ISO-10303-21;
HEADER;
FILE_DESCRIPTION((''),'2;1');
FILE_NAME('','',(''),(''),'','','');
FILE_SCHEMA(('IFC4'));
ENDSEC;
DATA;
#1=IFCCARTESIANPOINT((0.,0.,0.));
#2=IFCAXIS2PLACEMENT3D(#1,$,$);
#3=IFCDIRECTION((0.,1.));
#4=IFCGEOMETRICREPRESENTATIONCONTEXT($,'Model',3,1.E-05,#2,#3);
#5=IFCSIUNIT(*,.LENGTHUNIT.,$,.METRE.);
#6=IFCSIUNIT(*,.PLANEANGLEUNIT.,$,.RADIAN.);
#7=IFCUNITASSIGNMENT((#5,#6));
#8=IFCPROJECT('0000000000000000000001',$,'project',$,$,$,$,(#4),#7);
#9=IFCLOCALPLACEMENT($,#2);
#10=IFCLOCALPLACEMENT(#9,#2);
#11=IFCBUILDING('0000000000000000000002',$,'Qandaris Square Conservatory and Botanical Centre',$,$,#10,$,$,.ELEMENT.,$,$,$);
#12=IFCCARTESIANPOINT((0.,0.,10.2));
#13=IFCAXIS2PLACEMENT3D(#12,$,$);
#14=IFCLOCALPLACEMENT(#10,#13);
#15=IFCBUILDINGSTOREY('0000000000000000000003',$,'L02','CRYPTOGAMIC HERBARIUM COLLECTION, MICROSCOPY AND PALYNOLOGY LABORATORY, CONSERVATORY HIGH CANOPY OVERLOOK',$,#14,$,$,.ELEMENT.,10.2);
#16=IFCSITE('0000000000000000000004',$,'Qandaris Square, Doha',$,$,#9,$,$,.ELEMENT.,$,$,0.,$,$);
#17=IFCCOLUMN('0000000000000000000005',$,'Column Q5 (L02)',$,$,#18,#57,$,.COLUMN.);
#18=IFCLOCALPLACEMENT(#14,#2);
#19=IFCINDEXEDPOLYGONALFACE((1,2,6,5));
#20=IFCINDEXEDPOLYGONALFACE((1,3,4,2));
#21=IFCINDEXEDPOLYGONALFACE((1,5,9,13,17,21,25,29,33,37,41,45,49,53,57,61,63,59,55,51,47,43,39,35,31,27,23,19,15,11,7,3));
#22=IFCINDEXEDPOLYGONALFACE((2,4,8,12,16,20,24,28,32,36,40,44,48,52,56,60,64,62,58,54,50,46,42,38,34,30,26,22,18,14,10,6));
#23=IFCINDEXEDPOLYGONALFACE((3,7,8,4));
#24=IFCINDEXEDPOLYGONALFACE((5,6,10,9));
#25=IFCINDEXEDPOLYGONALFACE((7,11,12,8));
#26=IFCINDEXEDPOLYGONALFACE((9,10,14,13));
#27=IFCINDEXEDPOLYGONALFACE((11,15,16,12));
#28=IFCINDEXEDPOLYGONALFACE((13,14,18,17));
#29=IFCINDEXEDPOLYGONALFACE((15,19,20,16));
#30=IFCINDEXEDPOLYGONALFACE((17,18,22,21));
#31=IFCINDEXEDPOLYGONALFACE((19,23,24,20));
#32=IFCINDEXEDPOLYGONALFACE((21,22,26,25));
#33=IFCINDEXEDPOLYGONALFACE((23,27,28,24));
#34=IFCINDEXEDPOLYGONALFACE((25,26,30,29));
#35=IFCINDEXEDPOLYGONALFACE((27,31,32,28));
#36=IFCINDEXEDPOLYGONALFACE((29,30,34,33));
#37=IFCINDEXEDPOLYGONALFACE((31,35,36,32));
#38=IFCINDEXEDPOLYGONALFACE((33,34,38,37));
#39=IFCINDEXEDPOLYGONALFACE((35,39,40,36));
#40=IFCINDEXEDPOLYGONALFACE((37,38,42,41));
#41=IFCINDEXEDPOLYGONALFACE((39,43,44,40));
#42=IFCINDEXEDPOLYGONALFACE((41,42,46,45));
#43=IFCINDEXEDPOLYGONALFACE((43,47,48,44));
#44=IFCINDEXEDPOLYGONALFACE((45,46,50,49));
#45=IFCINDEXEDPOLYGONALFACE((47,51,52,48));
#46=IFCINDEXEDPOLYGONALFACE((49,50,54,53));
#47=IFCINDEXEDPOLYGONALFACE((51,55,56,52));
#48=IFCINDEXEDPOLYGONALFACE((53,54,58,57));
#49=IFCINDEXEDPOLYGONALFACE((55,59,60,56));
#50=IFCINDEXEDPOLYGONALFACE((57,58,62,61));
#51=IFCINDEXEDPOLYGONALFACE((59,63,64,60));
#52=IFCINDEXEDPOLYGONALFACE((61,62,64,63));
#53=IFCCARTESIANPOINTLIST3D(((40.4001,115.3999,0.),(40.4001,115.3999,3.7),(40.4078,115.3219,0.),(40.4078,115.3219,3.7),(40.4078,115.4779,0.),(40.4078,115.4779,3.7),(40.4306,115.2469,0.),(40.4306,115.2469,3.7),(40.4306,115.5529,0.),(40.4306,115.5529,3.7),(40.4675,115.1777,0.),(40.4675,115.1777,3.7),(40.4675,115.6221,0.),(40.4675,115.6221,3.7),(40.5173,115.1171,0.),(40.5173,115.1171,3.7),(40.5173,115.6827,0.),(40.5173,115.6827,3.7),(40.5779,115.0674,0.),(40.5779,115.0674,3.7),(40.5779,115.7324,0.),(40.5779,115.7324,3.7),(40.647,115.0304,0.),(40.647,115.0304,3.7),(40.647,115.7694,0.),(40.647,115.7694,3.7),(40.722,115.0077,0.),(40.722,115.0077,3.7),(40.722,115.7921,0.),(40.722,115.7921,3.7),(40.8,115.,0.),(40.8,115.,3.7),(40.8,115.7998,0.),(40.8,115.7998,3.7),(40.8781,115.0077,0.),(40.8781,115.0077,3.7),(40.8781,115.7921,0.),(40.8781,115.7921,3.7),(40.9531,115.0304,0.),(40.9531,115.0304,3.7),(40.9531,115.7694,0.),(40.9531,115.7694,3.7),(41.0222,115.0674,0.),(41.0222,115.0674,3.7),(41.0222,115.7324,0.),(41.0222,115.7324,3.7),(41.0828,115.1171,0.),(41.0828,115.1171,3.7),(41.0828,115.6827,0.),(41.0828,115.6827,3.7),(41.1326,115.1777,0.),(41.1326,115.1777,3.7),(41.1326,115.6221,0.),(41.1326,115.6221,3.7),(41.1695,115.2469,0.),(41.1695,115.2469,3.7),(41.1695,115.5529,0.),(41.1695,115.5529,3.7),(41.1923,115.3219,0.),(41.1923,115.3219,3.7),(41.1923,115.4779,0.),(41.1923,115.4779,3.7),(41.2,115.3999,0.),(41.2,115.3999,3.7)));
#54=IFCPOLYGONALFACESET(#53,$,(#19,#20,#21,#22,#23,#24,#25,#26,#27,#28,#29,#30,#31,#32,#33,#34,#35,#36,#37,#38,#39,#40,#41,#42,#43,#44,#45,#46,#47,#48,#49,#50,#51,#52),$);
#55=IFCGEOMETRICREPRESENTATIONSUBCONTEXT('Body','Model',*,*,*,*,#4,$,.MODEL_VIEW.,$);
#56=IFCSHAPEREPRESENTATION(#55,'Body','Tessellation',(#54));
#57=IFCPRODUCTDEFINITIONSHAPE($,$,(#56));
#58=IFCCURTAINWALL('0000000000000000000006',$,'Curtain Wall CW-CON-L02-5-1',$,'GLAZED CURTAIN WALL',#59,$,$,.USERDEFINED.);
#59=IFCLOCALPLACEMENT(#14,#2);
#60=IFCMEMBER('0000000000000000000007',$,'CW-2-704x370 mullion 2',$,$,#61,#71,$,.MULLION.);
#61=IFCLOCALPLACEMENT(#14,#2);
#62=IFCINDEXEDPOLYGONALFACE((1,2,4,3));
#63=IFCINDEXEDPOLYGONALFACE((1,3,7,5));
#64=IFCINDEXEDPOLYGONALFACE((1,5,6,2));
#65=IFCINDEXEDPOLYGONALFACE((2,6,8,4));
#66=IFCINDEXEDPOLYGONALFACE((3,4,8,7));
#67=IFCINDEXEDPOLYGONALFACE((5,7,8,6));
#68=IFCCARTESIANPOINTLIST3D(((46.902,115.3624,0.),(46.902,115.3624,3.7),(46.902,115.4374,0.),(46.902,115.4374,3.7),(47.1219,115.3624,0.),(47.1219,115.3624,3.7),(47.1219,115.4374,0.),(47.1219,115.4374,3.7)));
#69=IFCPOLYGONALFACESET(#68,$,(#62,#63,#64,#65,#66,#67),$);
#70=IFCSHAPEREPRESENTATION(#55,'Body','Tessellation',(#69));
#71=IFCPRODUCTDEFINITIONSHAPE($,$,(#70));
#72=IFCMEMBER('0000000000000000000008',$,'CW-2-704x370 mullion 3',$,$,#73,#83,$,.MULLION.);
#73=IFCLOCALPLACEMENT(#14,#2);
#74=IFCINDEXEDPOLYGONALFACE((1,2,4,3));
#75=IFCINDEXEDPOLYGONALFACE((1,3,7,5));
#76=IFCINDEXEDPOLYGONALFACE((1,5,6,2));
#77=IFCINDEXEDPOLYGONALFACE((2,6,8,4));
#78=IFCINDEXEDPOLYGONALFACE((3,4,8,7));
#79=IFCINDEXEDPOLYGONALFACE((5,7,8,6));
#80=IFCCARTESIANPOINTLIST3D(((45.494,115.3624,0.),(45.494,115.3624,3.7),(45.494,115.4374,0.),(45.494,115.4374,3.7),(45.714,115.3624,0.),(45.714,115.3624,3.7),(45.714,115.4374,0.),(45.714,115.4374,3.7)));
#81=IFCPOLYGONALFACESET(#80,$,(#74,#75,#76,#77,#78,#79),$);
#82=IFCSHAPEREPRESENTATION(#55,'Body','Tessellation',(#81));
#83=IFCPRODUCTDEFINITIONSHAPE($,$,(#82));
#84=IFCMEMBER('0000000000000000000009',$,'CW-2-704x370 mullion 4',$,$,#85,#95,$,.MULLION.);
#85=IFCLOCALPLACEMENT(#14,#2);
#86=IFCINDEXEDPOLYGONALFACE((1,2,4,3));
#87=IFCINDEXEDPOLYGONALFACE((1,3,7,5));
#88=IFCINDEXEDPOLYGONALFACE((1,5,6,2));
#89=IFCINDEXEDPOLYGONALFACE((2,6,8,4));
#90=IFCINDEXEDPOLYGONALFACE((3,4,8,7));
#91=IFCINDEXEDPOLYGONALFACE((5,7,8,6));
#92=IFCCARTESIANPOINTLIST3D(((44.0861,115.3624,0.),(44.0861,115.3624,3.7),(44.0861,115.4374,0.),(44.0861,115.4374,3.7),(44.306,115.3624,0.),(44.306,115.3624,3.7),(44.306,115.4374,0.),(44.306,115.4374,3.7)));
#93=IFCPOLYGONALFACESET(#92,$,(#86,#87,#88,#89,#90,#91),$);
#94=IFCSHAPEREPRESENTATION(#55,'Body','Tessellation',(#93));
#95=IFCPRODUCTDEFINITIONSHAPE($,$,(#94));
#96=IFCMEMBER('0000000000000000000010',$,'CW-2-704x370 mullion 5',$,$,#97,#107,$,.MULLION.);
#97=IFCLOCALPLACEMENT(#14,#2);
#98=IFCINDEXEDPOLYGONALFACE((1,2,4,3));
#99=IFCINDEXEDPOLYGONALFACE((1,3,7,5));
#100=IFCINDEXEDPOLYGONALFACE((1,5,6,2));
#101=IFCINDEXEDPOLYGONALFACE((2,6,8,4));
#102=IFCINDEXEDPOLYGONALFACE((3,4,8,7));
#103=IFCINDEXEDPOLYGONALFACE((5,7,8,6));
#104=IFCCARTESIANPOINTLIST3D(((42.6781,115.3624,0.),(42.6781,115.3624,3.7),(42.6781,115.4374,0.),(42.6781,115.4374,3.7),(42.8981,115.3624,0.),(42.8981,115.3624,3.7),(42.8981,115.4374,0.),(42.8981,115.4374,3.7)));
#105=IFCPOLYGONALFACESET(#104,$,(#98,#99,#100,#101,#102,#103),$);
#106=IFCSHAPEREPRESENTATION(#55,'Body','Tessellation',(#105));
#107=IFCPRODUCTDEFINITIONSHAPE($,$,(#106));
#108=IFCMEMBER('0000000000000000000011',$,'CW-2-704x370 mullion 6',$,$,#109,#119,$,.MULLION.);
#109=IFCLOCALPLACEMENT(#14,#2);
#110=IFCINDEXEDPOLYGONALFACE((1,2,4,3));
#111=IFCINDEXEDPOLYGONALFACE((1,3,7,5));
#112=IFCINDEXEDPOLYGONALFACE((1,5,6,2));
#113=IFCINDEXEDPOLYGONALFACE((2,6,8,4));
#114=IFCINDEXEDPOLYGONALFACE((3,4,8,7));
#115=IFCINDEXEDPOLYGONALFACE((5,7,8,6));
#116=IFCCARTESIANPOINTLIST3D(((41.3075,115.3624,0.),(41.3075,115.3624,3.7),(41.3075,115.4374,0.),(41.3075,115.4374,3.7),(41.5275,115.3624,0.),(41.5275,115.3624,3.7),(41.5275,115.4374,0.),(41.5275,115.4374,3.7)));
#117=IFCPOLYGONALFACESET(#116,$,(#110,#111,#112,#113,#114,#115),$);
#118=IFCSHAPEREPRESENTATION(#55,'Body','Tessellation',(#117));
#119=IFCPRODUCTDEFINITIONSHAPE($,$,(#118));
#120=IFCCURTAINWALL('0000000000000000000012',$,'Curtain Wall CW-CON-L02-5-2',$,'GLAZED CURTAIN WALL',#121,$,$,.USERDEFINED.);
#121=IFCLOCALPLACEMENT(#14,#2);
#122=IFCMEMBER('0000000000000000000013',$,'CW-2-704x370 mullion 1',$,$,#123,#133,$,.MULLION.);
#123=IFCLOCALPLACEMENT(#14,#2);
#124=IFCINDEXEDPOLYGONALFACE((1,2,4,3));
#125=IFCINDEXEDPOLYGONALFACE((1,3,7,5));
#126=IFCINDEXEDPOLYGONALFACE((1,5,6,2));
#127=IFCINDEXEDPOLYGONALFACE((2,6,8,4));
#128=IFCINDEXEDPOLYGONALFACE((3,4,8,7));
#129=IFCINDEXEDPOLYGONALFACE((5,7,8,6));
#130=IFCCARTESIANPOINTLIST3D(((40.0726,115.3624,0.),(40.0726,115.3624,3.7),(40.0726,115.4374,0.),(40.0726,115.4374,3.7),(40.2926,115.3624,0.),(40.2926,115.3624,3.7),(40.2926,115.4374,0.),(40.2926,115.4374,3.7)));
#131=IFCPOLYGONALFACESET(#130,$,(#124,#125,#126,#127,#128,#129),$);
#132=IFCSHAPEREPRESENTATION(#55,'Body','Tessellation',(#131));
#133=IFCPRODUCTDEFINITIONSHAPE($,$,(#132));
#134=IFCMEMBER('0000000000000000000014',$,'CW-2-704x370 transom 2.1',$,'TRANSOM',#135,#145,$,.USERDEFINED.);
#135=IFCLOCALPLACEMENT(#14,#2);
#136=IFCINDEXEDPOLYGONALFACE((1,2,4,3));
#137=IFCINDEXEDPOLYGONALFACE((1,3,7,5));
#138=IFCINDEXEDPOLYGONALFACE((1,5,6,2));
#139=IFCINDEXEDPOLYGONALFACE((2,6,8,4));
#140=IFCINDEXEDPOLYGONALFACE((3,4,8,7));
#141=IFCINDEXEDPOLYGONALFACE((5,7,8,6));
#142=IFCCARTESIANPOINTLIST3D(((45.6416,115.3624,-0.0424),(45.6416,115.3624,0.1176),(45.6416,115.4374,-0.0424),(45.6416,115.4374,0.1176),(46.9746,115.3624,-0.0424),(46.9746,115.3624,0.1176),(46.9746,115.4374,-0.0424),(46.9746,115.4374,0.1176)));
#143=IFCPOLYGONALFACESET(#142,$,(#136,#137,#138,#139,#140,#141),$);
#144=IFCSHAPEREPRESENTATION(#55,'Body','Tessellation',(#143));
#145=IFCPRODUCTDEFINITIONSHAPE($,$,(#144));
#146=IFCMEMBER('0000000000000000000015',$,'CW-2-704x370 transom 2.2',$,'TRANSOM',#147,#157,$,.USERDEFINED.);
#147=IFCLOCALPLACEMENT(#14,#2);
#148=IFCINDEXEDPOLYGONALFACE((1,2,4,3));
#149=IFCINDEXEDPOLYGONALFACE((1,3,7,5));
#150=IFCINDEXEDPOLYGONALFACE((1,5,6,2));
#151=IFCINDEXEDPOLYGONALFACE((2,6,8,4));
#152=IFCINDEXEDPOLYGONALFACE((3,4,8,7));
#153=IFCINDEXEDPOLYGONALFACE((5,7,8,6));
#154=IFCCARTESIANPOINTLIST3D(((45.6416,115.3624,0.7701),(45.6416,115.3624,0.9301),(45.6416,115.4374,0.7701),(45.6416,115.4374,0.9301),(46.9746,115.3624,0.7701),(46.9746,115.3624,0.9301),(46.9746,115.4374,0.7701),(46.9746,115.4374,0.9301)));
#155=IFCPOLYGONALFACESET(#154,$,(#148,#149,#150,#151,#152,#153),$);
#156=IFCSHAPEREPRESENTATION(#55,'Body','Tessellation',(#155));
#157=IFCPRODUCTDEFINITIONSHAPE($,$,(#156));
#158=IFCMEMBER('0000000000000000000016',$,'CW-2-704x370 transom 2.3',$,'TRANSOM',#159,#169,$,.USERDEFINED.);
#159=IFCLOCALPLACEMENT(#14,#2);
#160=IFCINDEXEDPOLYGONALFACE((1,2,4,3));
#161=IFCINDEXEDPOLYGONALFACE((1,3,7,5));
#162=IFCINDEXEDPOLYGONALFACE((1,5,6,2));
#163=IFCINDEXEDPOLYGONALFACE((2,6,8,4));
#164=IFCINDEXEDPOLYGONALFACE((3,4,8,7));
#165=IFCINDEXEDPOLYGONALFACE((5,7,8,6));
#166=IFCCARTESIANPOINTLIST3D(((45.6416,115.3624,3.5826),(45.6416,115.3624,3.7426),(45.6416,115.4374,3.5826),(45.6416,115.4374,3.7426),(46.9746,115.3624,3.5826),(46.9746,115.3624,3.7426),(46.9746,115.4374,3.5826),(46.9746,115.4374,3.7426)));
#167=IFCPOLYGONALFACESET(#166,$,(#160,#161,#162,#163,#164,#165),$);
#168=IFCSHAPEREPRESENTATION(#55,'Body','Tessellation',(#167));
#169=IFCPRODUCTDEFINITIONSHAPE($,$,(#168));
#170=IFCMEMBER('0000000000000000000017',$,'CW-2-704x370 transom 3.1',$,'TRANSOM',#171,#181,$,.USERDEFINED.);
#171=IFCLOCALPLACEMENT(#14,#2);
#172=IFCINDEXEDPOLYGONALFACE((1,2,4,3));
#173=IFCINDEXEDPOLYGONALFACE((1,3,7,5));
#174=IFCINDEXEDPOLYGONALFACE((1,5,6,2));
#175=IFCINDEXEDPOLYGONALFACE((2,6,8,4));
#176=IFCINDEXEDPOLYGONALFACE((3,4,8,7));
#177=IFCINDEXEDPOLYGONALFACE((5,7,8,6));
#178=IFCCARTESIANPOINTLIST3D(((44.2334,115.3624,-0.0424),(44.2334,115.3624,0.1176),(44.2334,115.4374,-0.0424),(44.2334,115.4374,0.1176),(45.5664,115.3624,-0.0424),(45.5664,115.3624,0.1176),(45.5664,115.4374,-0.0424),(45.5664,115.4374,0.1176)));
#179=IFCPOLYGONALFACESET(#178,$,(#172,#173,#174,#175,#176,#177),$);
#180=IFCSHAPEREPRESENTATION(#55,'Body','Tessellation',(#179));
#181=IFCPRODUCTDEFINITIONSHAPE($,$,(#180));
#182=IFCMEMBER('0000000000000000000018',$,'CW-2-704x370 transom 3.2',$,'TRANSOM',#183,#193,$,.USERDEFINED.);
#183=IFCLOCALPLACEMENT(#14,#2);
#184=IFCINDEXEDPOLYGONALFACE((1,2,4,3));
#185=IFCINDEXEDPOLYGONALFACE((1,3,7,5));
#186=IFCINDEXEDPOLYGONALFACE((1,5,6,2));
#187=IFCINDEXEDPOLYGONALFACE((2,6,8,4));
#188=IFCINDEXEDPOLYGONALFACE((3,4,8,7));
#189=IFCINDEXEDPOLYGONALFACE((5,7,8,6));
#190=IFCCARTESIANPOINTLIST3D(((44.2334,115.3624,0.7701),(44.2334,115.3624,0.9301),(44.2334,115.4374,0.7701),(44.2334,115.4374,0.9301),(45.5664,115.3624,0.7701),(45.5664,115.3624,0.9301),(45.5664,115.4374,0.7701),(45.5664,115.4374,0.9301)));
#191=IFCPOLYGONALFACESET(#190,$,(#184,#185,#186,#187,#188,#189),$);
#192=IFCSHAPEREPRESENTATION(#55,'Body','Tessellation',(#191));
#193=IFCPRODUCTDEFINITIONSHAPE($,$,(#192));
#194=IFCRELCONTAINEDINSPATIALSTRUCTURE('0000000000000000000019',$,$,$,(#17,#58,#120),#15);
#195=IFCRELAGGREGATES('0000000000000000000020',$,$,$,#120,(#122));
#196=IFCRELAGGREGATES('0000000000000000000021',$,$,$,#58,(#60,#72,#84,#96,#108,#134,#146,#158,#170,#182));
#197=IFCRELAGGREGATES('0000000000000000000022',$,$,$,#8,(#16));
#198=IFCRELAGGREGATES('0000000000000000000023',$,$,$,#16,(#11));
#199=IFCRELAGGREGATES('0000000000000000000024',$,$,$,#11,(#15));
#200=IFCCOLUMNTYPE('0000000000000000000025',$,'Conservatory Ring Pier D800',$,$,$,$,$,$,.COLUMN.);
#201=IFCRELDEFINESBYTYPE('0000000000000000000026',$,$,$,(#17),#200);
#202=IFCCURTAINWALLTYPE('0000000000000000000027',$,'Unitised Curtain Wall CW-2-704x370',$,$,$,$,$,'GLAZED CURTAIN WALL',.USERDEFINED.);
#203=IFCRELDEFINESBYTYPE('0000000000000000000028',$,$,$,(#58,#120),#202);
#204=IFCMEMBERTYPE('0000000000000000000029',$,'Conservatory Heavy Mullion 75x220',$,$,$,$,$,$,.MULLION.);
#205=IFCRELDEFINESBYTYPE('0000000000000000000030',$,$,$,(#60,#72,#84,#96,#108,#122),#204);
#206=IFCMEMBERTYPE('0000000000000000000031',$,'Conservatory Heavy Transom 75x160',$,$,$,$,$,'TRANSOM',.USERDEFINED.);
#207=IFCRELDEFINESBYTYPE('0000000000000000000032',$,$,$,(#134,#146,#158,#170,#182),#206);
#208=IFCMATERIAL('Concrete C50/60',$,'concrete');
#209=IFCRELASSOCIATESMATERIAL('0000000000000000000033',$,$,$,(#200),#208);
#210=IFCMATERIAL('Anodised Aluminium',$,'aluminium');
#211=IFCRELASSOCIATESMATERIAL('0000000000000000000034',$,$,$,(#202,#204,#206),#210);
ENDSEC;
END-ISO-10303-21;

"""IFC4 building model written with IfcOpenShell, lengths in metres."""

from ifc_helpers import new_model, si_unit, direction, frame, origin, origin_2d, place, context, subcontext, project, spatial, rectangle, circle, extrude, material, material_profile, profile_set, type_object, element, aggregate, save


model = new_model("IFC4")

# Units and contexts
model_context = context("Model", 3, precision=1e-05, world=origin(), true_north=direction((0.0, 1.0)))
body_context = subcontext(model_context, "Body", "Model", "MODEL_VIEW")
ifc_project = project(units=[si_unit("LENGTHUNIT", "METRE"), si_unit("PLANEANGLEUNIT", "RADIAN")], contexts=[model_context])

# Site, building, storey
site_placement = place(None, origin())
site = spatial("IfcSite", under=ifc_project, at=site_placement, Name="Qandaris Square, Doha", CompositionType="ELEMENT", RefElevation=0.0)
building_placement = place(site_placement, origin())
building = spatial("IfcBuilding", under=site, at=building_placement, Name="Qandaris Square Conservatory and Botanical Centre", CompositionType="ELEMENT")
storey_placement = place(building_placement, frame((0.0, 0.0, 10.2)))
storey = spatial("IfcBuildingStorey", under=building, at=storey_placement, Name="L02", Description="CRYPTOGAMIC HERBARIUM COLLECTION, MICROSCOPY AND PALYNOLOGY LABORATORY, CONSERVATORY HIGH CANOPY OVERLOOK", CompositionType="ELEMENT", Elevation=10.2)

# Column
ifc_material_1 = material(Name="Concrete C50/60", Category="concrete")
ifc_material_profile_1 = material_profile(ifc_material_1, circle(Radius=0.3999, at=origin_2d()), Name="RC-COL D800")
ifc_profile_set_1 = profile_set([ifc_material_profile_1], Name="Concrete C50/60")
column_type = type_object("IfcColumnType", Name="Conservatory Ring Pier D800", PredefinedType="COLUMN", material=ifc_profile_set_1)
column_placement = place(storey_placement, frame((40.8, 115.3999, 0.0), z_axis=(0.0, 0.0, 1.0), x_axis=(1.0, 0.0, 0.0)))
element("IfcColumn", 1, at=column_placement, inside=storey, type_object=column_type, Name="Column Q5 (L02)", PredefinedType="COLUMN", context=body_context, shape_type="SweptSolid", body=[
    extrude(circle(Radius=0.3999, at=origin_2d()), origin(), (0.0, 0.0, 1.0), 3.7),
])

# Curtain wall, members
ifc_material_2 = material(Name="Anodised Aluminium", Category="aluminium")
curtain_wall_type = type_object("IfcCurtainWallType", Name="Unitised Curtain Wall CW-2-704x370", ElementType="GLAZED CURTAIN WALL", PredefinedType="USERDEFINED", material=ifc_material_2)
curtain_wall_1_placement = place(storey_placement, origin())
curtain_wall_1 = element("IfcCurtainWall", 2, at=curtain_wall_1_placement, inside=storey, type_object=curtain_wall_type, Name="Curtain Wall CW-CON-L02-5-1", ObjectType="GLAZED CURTAIN WALL", PredefinedType="USERDEFINED")
ifc_material_profile_2 = material_profile(ifc_material_2, rectangle(XDim=0.075, YDim=0.22, at=origin_2d()), Name="ALU-MUL 75x220")
ifc_profile_set_2 = profile_set([ifc_material_profile_2], Name="Anodised Aluminium")
member_type_1 = type_object("IfcMemberType", Name="Conservatory Heavy Mullion 75x220", PredefinedType="MULLION", material=ifc_profile_set_2)
member_1_placement = place(storey_placement, frame((47.012, 115.3999, 0.0), z_axis=(0.0, 0.0, 1.0), x_axis=(0.0, -1.0, 0.0)))
member_1 = element("IfcMember", 3, at=member_1_placement, type_object=member_type_1, Name="CW-2-704x370 mullion 2", PredefinedType="MULLION", context=body_context, shape_type="SweptSolid", body=[
    extrude(rectangle(XDim=0.075, YDim=0.22, at=origin_2d()), origin(), (0.0, 0.0, 1.0), 3.7),
])
member_2_placement = place(storey_placement, frame((45.604, 115.3999, 0.0), z_axis=(0.0, 0.0, 1.0), x_axis=(0.0, -1.0, 0.0)))
member_2 = element("IfcMember", 4, at=member_2_placement, type_object=member_type_1, Name="CW-2-704x370 mullion 3", PredefinedType="MULLION", context=body_context, shape_type="SweptSolid", body=[
    extrude(rectangle(XDim=0.075, YDim=0.22, at=origin_2d()), origin(), (0.0, 0.0, 1.0), 3.7),
])
member_3_placement = place(storey_placement, frame((44.196, 115.3999, 0.0), z_axis=(0.0, 0.0, 1.0), x_axis=(0.0, -1.0, 0.0)))
member_3 = element("IfcMember", 5, at=member_3_placement, type_object=member_type_1, Name="CW-2-704x370 mullion 4", PredefinedType="MULLION", context=body_context, shape_type="SweptSolid", body=[
    extrude(rectangle(XDim=0.075, YDim=0.22, at=origin_2d()), origin(), (0.0, 0.0, 1.0), 3.7),
])
member_4_placement = place(storey_placement, frame((42.7881, 115.3999, 0.0), z_axis=(0.0, 0.0, 1.0), x_axis=(0.0, -1.0, 0.0)))
member_4 = element("IfcMember", 6, at=member_4_placement, type_object=member_type_1, Name="CW-2-704x370 mullion 5", PredefinedType="MULLION", context=body_context, shape_type="SweptSolid", body=[
    extrude(rectangle(XDim=0.075, YDim=0.22, at=origin_2d()), origin(), (0.0, 0.0, 1.0), 3.7),
])
member_5_placement = place(storey_placement, frame((41.4175, 115.3999, 0.0), z_axis=(0.0, 0.0, 1.0), x_axis=(0.0, -1.0, 0.0)))
member_5 = element("IfcMember", 7, at=member_5_placement, type_object=member_type_1, Name="CW-2-704x370 mullion 6", PredefinedType="MULLION", context=body_context, shape_type="SweptSolid", body=[
    extrude(rectangle(XDim=0.075, YDim=0.22, at=origin_2d()), origin(), (0.0, 0.0, 1.0), 3.7),
])

# Curtain wall, member
curtain_wall_2_placement = place(storey_placement, origin())
curtain_wall_2 = element("IfcCurtainWall", 8, at=curtain_wall_2_placement, inside=storey, type_object=curtain_wall_type, Name="Curtain Wall CW-CON-L02-5-2", ObjectType="GLAZED CURTAIN WALL", PredefinedType="USERDEFINED")
member_6_placement = place(storey_placement, frame((40.1826, 115.3999, 0.0), z_axis=(0.0, 0.0, 1.0), x_axis=(0.0, -1.0, 0.0)))
member_6 = element("IfcMember", 9, at=member_6_placement, type_object=member_type_1, Name="CW-2-704x370 mullion 1", PredefinedType="MULLION", context=body_context, shape_type="SweptSolid", body=[
    extrude(rectangle(XDim=0.075, YDim=0.22, at=origin_2d()), origin(), (0.0, 0.0, 1.0), 3.7),
])
aggregate(curtain_wall_2, [member_6])

# Members
ifc_material_profile_3 = material_profile(ifc_material_2, rectangle(XDim=0.075, YDim=0.1599, at=origin_2d()), Name="ALU-TRN 75x160")
ifc_profile_set_3 = profile_set([ifc_material_profile_3], Name="Anodised Aluminium")
member_type_2 = type_object("IfcMemberType", Name="Conservatory Heavy Transom 75x160", ElementType="TRANSOM", PredefinedType="USERDEFINED", material=ifc_profile_set_3)
member_7_placement = place(storey_placement, frame((46.9746, 115.3999, 0.0376), z_axis=(-1.0, 0.0, 0.0), x_axis=(0.0, -1.0, 0.0)))
member_7 = element("IfcMember", 10, at=member_7_placement, type_object=member_type_2, Name="CW-2-704x370 transom 2.1", ObjectType="TRANSOM", PredefinedType="USERDEFINED", context=body_context, shape_type="SweptSolid", body=[
    extrude(rectangle(XDim=0.075, YDim=0.1599, at=origin_2d()), origin(), (0.0, 0.0, 1.0), 1.333),
])
member_8_placement = place(storey_placement, frame((46.9746, 115.3999, 0.8501), z_axis=(-1.0, 0.0, 0.0), x_axis=(0.0, -1.0, 0.0)))
member_8 = element("IfcMember", 11, at=member_8_placement, type_object=member_type_2, Name="CW-2-704x370 transom 2.2", ObjectType="TRANSOM", PredefinedType="USERDEFINED", context=body_context, shape_type="SweptSolid", body=[
    extrude(rectangle(XDim=0.075, YDim=0.1599, at=origin_2d()), origin(), (0.0, 0.0, 1.0), 1.333),
])
member_9_placement = place(storey_placement, frame((46.9746, 115.3999, 3.6626), z_axis=(-1.0, 0.0, 0.0), x_axis=(0.0, -1.0, 0.0)))
member_9 = element("IfcMember", 12, at=member_9_placement, type_object=member_type_2, Name="CW-2-704x370 transom 2.3", ObjectType="TRANSOM", PredefinedType="USERDEFINED", context=body_context, shape_type="SweptSolid", body=[
    extrude(rectangle(XDim=0.075, YDim=0.1599, at=origin_2d()), origin(), (0.0, 0.0, 1.0), 1.333),
])
member_10_placement = place(storey_placement, frame((45.5664, 115.3999, 0.0376), z_axis=(-1.0, 0.0, 0.0), x_axis=(0.0, -1.0, 0.0)))
member_10 = element("IfcMember", 13, at=member_10_placement, type_object=member_type_2, Name="CW-2-704x370 transom 3.1", ObjectType="TRANSOM", PredefinedType="USERDEFINED", context=body_context, shape_type="SweptSolid", body=[
    extrude(rectangle(XDim=0.075, YDim=0.1599, at=origin_2d()), origin(), (0.0, 0.0, 1.0), 1.333),
])
member_11_placement = place(storey_placement, frame((45.5664, 115.3999, 0.8501), z_axis=(-1.0, 0.0, 0.0), x_axis=(0.0, -1.0, 0.0)))
member_11 = element("IfcMember", 14, at=member_11_placement, type_object=member_type_2, Name="CW-2-704x370 transom 3.2", ObjectType="TRANSOM", PredefinedType="USERDEFINED", context=body_context, shape_type="SweptSolid", body=[
    extrude(rectangle(XDim=0.075, YDim=0.1599, at=origin_2d()), origin(), (0.0, 0.0, 1.0), 1.333),
])

aggregate(curtain_wall_1, [member_1, member_2, member_3, member_4, member_5, member_7, member_8, member_9, member_10, member_11])

save(model, "model.ifc")
